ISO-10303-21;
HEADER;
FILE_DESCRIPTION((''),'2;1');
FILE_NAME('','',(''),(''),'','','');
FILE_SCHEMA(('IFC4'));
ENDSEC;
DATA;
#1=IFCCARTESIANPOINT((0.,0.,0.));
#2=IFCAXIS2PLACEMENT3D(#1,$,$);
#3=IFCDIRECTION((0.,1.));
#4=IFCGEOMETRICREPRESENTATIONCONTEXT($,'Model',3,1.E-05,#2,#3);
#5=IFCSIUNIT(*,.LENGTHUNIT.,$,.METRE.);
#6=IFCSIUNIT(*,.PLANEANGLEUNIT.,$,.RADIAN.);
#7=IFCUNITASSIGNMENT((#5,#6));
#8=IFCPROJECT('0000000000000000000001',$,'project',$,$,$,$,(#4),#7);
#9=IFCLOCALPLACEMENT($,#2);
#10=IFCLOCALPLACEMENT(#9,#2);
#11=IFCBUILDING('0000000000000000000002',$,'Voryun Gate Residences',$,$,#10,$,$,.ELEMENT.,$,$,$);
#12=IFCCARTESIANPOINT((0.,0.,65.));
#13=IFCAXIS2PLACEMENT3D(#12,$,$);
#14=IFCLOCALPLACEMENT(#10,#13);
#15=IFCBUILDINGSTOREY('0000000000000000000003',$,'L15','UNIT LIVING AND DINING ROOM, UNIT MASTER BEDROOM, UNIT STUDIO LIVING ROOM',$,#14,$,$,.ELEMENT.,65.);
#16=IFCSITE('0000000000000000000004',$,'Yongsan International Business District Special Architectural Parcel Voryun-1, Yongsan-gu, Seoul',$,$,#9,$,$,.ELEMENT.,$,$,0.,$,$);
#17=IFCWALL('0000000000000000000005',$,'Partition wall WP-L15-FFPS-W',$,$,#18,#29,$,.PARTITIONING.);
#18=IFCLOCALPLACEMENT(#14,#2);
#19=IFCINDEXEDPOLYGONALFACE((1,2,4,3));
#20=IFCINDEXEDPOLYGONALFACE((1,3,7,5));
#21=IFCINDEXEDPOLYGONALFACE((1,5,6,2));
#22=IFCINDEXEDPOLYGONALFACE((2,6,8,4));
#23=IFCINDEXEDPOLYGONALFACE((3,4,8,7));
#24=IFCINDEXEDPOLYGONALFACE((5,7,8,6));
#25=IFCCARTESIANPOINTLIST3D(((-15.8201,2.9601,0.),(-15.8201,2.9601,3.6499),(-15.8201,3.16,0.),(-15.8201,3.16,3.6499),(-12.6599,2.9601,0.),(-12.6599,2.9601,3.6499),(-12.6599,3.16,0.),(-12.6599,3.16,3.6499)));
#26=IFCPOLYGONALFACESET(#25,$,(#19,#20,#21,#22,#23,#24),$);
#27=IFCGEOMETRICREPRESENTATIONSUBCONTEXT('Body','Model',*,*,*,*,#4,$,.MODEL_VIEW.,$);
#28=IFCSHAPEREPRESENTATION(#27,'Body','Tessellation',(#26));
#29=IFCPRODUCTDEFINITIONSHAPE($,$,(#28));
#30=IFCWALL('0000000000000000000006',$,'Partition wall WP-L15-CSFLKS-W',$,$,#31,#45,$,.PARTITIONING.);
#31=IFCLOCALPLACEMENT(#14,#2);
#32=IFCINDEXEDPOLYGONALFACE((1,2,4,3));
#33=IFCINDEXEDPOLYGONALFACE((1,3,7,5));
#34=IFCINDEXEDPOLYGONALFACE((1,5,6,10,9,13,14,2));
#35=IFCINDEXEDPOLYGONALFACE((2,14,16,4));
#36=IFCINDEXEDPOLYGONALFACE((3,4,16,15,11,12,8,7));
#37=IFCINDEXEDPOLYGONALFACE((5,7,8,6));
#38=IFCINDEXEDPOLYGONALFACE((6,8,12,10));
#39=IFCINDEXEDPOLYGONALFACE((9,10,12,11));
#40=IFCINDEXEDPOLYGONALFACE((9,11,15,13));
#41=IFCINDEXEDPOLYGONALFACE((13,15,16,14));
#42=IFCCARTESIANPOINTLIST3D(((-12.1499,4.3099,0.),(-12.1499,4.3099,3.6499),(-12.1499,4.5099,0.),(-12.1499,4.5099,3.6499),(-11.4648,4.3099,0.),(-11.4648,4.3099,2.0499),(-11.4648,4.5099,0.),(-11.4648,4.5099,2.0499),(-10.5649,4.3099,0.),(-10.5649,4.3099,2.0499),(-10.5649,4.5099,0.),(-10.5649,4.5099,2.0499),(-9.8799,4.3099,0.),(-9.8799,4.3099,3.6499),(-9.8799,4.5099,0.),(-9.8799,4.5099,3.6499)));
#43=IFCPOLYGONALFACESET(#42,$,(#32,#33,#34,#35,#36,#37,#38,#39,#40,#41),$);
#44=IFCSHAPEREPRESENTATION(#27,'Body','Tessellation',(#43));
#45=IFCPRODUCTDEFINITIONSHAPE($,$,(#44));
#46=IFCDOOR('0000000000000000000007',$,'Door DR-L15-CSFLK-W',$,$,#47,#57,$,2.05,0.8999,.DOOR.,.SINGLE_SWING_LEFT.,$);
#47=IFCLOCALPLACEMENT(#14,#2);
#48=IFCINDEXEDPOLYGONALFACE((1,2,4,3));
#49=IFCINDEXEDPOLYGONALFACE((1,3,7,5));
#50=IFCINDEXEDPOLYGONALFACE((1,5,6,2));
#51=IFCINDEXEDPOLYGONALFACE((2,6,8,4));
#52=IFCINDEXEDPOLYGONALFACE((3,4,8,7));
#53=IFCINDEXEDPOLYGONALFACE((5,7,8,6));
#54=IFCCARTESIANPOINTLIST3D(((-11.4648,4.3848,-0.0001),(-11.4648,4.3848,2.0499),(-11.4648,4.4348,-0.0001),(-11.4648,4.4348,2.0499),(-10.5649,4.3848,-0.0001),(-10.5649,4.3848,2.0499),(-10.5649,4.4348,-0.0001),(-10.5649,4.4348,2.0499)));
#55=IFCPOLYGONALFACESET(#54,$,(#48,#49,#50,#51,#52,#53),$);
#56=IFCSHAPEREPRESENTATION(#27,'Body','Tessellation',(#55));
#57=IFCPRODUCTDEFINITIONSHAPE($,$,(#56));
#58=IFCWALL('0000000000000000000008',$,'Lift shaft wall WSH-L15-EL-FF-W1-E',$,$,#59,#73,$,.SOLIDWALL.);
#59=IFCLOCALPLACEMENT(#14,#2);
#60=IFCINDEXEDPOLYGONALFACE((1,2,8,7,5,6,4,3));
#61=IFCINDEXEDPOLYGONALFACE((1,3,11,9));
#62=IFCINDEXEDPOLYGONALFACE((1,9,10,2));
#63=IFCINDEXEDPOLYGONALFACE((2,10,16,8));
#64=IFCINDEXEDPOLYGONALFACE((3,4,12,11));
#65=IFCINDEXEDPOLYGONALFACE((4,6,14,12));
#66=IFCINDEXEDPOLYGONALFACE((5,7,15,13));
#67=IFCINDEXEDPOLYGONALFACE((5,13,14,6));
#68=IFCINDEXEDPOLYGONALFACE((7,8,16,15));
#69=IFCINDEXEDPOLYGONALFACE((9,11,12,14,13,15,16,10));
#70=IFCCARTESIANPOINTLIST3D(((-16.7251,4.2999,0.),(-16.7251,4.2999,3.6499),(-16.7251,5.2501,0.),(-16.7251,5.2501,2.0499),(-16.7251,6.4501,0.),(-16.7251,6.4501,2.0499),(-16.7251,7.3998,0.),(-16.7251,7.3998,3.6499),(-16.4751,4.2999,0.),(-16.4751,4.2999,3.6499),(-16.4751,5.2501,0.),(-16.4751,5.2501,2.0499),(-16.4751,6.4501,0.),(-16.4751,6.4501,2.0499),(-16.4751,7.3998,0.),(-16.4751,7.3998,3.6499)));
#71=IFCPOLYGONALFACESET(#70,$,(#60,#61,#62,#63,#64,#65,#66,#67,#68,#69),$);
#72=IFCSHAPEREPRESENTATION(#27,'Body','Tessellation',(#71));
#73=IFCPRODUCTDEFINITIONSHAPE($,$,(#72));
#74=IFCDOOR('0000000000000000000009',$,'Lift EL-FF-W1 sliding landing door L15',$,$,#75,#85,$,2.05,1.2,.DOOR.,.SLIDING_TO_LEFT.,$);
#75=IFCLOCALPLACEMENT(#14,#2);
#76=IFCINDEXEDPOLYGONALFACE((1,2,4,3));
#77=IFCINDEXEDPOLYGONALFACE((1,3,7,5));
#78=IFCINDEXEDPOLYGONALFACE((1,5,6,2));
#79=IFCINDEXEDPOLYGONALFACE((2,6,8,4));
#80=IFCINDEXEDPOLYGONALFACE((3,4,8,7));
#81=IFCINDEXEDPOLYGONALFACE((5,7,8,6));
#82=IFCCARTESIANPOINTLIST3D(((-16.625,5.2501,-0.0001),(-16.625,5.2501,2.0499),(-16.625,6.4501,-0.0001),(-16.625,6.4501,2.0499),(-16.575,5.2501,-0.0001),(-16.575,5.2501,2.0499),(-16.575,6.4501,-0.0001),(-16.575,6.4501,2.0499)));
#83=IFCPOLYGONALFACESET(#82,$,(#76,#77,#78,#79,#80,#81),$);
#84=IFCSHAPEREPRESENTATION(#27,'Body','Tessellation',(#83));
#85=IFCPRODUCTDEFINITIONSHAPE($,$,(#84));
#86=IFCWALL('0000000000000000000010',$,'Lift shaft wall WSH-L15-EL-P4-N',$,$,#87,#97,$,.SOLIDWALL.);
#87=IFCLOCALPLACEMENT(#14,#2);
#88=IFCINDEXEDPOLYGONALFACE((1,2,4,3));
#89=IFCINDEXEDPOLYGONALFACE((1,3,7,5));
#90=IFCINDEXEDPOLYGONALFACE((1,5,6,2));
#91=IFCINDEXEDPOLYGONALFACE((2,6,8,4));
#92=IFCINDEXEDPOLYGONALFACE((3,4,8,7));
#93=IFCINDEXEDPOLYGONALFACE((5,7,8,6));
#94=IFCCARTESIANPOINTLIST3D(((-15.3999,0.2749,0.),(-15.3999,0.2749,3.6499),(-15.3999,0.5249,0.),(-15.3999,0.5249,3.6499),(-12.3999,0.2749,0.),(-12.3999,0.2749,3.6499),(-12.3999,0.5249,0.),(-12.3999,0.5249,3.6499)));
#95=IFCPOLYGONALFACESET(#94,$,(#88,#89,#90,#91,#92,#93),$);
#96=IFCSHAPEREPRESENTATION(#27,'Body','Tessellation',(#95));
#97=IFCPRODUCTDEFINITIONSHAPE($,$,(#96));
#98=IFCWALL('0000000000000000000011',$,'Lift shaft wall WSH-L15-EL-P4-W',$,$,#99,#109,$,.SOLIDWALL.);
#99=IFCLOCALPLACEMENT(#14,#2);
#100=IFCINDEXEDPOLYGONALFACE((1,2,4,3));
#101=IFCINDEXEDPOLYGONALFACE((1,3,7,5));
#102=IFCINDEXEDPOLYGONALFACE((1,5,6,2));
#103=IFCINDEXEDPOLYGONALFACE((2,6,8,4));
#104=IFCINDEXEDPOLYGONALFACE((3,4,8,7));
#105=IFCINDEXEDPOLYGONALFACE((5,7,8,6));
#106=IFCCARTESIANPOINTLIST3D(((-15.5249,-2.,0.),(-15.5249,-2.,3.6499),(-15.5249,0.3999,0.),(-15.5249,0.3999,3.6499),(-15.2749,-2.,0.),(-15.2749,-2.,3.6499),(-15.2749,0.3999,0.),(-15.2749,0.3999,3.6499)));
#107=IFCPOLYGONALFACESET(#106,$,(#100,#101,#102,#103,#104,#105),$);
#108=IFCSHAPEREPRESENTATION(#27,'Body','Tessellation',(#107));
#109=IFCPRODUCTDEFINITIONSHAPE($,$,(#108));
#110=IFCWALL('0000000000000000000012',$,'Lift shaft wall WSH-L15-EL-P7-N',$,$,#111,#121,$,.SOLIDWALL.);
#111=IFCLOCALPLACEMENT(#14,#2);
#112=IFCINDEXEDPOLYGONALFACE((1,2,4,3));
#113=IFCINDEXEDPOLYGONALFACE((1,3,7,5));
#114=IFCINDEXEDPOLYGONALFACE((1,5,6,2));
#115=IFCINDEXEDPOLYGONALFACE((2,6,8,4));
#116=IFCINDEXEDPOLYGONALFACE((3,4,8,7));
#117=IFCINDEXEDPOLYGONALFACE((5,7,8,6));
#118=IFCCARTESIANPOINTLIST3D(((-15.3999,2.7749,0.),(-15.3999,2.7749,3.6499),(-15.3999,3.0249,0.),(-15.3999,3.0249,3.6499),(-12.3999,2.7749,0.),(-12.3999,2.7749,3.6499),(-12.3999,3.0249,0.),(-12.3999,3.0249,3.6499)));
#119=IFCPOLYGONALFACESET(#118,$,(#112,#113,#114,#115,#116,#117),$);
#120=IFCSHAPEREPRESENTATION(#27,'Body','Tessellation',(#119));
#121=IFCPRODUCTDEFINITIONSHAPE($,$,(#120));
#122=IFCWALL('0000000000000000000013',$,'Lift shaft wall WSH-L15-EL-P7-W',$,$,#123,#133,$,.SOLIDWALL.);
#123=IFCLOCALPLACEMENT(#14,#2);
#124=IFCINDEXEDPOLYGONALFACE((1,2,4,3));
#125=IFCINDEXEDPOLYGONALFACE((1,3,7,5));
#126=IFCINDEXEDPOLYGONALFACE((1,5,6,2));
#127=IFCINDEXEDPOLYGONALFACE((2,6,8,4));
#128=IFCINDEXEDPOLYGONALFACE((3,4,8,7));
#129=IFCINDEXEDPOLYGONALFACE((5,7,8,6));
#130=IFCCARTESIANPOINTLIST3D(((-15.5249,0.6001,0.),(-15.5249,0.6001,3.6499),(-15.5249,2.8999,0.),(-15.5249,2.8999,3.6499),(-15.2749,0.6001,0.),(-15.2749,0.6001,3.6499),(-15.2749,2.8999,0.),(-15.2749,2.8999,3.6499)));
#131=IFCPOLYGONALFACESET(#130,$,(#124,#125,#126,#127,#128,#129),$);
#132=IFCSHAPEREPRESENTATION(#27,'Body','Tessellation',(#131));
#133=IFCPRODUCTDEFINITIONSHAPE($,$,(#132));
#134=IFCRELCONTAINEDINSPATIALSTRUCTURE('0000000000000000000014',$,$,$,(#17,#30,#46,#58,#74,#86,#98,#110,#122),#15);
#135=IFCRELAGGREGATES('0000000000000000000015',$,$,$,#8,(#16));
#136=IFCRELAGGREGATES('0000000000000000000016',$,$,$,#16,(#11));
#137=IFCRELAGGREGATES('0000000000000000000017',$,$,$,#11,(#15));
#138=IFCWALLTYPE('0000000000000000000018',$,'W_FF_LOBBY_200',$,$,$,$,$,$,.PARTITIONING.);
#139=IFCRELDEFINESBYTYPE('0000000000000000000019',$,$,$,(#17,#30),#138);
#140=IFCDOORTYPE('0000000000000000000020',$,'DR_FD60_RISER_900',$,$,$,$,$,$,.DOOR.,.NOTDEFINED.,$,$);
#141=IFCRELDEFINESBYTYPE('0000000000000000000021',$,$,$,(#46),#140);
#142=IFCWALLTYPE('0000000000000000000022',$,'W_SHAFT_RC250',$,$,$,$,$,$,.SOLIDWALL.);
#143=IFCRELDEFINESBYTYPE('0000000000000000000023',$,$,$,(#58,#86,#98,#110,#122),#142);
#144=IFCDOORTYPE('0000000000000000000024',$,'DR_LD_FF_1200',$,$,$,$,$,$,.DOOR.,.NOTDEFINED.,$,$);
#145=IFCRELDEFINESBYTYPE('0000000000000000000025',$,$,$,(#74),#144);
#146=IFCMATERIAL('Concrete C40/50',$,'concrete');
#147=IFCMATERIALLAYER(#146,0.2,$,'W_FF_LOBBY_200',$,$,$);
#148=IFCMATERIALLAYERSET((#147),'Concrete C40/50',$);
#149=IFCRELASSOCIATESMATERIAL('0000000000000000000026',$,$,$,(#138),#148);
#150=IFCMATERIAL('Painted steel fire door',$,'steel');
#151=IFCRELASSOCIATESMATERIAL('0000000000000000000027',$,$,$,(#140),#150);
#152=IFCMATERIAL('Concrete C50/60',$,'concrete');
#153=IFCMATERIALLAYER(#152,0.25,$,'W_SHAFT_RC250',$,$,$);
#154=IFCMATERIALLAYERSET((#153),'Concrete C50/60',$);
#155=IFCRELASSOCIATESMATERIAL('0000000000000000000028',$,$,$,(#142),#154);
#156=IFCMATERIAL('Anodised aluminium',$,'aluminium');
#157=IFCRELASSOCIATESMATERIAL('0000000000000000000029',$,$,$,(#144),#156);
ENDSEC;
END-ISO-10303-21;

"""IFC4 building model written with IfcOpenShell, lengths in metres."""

from ifc_helpers import new_model, si_unit, direction, frame, frame_2d, origin, place, context, subcontext, project, spatial, rectangle, extrude, material, layer, layer_set, type_object, element, fill, save


model = new_model("IFC4")

# Units and contexts
model_context = context("Model", 3, precision=1e-05, world=origin(), true_north=direction((0.0, 1.0)))
body_context = subcontext(model_context, "Body", "Model", "MODEL_VIEW")
ifc_project = project(units=[si_unit("LENGTHUNIT", "METRE"), si_unit("PLANEANGLEUNIT", "RADIAN")], contexts=[model_context])

# Site, building, storey
site_placement = place(None, origin())
site = spatial("IfcSite", under=ifc_project, at=site_placement, Name="Yongsan International Business District Special Architectural Parcel Voryun-1, Yongsan-gu, Seoul", CompositionType="ELEMENT", RefElevation=0.0)
building_placement = place(site_placement, origin())
building = spatial("IfcBuilding", under=site, at=building_placement, Name="Voryun Gate Residences", CompositionType="ELEMENT")
storey_placement = place(building_placement, frame((0.0, 0.0, 65.0)))
storey = spatial("IfcBuildingStorey", under=building, at=storey_placement, Name="L15", Description="UNIT LIVING AND DINING ROOM, UNIT MASTER BEDROOM, UNIT STUDIO LIVING ROOM", CompositionType="ELEMENT", Elevation=65.0)

# Wall
ifc_material_1 = material(Name="Concrete C40/50", Category="concrete")
ifc_layer_1 = layer(ifc_material_1, 0.2, Name="W_FF_LOBBY_200")
ifc_layer_set_1 = layer_set([ifc_layer_1], Name="Concrete C40/50")
wall_type_1 = type_object("IfcWallType", Name="W_FF_LOBBY_200", PredefinedType="PARTITIONING", material=ifc_layer_set_1)
wall_1_placement = place(storey_placement, frame((-15.8201, 3.0601, 0.0), z_axis=(0.0, 0.0, 1.0), x_axis=(1.0, 0.0, 0.0)))
element("IfcWall", 1, at=wall_1_placement, inside=storey, type_object=wall_type_1, Name="Partition wall WP-L15-FFPS-W", PredefinedType="PARTITIONING", context=body_context, shape_type="SweptSolid", body=[
    extrude(rectangle(XDim=3.1602, YDim=0.2, at=frame_2d((1.5801, 0.0))), origin(), (0.0, 0.0, 1.0), 3.6499),
])

# Walls, openings, doors
wall_2_placement = place(storey_placement, frame((-12.1499, 4.4099, 0.0), z_axis=(0.0, 0.0, 1.0), x_axis=(1.0, 0.0, 0.0)))
wall_2 = element("IfcWall", 2, at=wall_2_placement, inside=storey, type_object=wall_type_1, Name="Partition wall WP-L15-CSFLKS-W", PredefinedType="PARTITIONING", context=body_context, shape_type="SweptSolid", body=[
    extrude(rectangle(XDim=2.27, YDim=0.2, at=frame_2d((1.135, 0.0))), origin(), (0.0, 0.0, 1.0), 3.6499),
])
opening_1_placement = place(wall_2_placement, frame((0.6851, 0.0, 0.0)))
opening_1 = element("IfcOpeningElement", 3, at=opening_1_placement, cuts=wall_2, PredefinedType="OPENING", context=body_context, shape_type="SweptSolid", body=[
    extrude(rectangle(XDim=0.8999, YDim=2.05, at=frame_2d((0.45, 1.0249))), frame((0.0, 0.1101, 0.0), z_axis=(0.0, -1.0, 0.0), x_axis=(1.0, 0.0, 0.0)), (0.0, 0.0, 1.0), 0.22),
])
ifc_material_2 = material(Name="Painted steel fire door", Category="steel")
door_type_1 = type_object("IfcDoorType", Name="DR_FD60_RISER_900", OperationType="NOTDEFINED", PredefinedType="DOOR", material=ifc_material_2)
door_1_placement = place(opening_1_placement, origin())
door_1 = element("IfcDoor", 4, at=door_1_placement, inside=storey, type_object=door_type_1, Name="Door DR-L15-CSFLK-W", OperationType="SINGLE_SWING_LEFT", OverallHeight=2.05, OverallWidth=0.8999, PredefinedType="DOOR", context=body_context, shape_type="SweptSolid", body=[
    extrude(rectangle(XDim=0.8999, YDim=2.05, at=frame_2d((0.45, 1.0249))), frame((0.0, 0.0249, 0.0), z_axis=(0.0, -1.0, 0.0), x_axis=(1.0, 0.0, 0.0)), (0.0, 0.0, 1.0), 0.05),
])
fill(opening_1, door_1)
ifc_material_3 = material(Name="Concrete C50/60", Category="concrete")
ifc_layer_2 = layer(ifc_material_3, 0.25, Name="W_SHAFT_RC250")
ifc_layer_set_2 = layer_set([ifc_layer_2], Name="Concrete C50/60")
wall_type_2 = type_object("IfcWallType", Name="W_SHAFT_RC250", PredefinedType="SOLIDWALL", material=ifc_layer_set_2)
wall_3_placement = place(storey_placement, frame((-16.6001, 4.3, 0.0), z_axis=(0.0, 0.0, 1.0), x_axis=(0.0, 1.0, 0.0)))
wall_3 = element("IfcWall", 5, at=wall_3_placement, inside=storey, type_object=wall_type_2, Name="Lift shaft wall WSH-L15-EL-FF-W1-E", PredefinedType="SOLIDWALL", context=body_context, shape_type="SweptSolid", body=[
    extrude(rectangle(XDim=3.0999, YDim=0.25, at=frame_2d((1.5498, 0.0))), origin(), (0.0, 0.0, 1.0), 3.6499),
])
opening_2_placement = place(wall_3_placement, frame((0.95, 0.0, 0.0)))
opening_2 = element("IfcOpeningElement", 6, at=opening_2_placement, cuts=wall_3, PredefinedType="OPENING", context=body_context, shape_type="SweptSolid", body=[
    extrude(rectangle(XDim=1.2, YDim=2.05, at=frame_2d((0.6001, 1.0249))), frame((0.0, 0.135, 0.0), z_axis=(0.0, -1.0, 0.0), x_axis=(1.0, 0.0, 0.0)), (0.0, 0.0, 1.0), 0.27),
])
ifc_material_4 = material(Name="Anodised aluminium", Category="aluminium")
door_type_2 = type_object("IfcDoorType", Name="DR_LD_FF_1200", OperationType="NOTDEFINED", PredefinedType="DOOR", material=ifc_material_4)
door_2_placement = place(opening_2_placement, origin())
door_2 = element("IfcDoor", 7, at=door_2_placement, inside=storey, type_object=door_type_2, Name="Lift EL-FF-W1 sliding landing door L15", OperationType="SLIDING_TO_LEFT", OverallHeight=2.05, OverallWidth=1.2, PredefinedType="DOOR", context=body_context, shape_type="SweptSolid", body=[
    extrude(rectangle(XDim=1.2, YDim=2.05, at=frame_2d((0.6001, 1.0249))), frame((0.0, 0.0249, 0.0), z_axis=(0.0, -1.0, 0.0), x_axis=(1.0, 0.0, 0.0)), (0.0, 0.0, 1.0), 0.05),
])
fill(opening_2, door_2)

# Walls
wall_4_placement = place(storey_placement, frame((-12.3999, 0.3999, 0.0), z_axis=(0.0, 0.0, 1.0), x_axis=(-1.0, 0.0, 0.0)))
element("IfcWall", 8, at=wall_4_placement, inside=storey, type_object=wall_type_2, Name="Lift shaft wall WSH-L15-EL-P4-N", PredefinedType="SOLIDWALL", context=body_context, shape_type="SweptSolid", body=[
    extrude(rectangle(XDim=3.0, YDim=0.25, at=frame_2d((1.5, 0.0))), origin(), (0.0, 0.0, 1.0), 3.6499),
])
wall_5_placement = place(storey_placement, frame((-15.3999, 0.3999, 0.0), z_axis=(0.0, 0.0, 1.0), x_axis=(0.0, -1.0, 0.0)))
element("IfcWall", 9, at=wall_5_placement, inside=storey, type_object=wall_type_2, Name="Lift shaft wall WSH-L15-EL-P4-W", PredefinedType="SOLIDWALL", context=body_context, shape_type="SweptSolid", body=[
    extrude(rectangle(XDim=2.3999, YDim=0.25, at=frame_2d((1.2, 0.0))), origin(), (0.0, 0.0, 1.0), 3.6499),
])
wall_6_placement = place(storey_placement, frame((-12.3999, 2.8999, 0.0), z_axis=(0.0, 0.0, 1.0), x_axis=(-1.0, 0.0, 0.0)))
element("IfcWall", 10, at=wall_6_placement, inside=storey, type_object=wall_type_2, Name="Lift shaft wall WSH-L15-EL-P7-N", PredefinedType="SOLIDWALL", context=body_context, shape_type="SweptSolid", body=[
    extrude(rectangle(XDim=3.0, YDim=0.25, at=frame_2d((1.5, 0.0))), origin(), (0.0, 0.0, 1.0), 3.6499),
])
wall_7_placement = place(storey_placement, frame((-15.3999, 2.8999, 0.0), z_axis=(0.0, 0.0, 1.0), x_axis=(0.0, -1.0, 0.0)))
element("IfcWall", 11, at=wall_7_placement, inside=storey, type_object=wall_type_2, Name="Lift shaft wall WSH-L15-EL-P7-W", PredefinedType="SOLIDWALL", context=body_context, shape_type="SweptSolid", body=[
    extrude(rectangle(XDim=2.2998, YDim=0.25, at=frame_2d((1.1499, 0.0))), origin(), (0.0, 0.0, 1.0), 3.6499),
])

save(model, "model.ifc")
